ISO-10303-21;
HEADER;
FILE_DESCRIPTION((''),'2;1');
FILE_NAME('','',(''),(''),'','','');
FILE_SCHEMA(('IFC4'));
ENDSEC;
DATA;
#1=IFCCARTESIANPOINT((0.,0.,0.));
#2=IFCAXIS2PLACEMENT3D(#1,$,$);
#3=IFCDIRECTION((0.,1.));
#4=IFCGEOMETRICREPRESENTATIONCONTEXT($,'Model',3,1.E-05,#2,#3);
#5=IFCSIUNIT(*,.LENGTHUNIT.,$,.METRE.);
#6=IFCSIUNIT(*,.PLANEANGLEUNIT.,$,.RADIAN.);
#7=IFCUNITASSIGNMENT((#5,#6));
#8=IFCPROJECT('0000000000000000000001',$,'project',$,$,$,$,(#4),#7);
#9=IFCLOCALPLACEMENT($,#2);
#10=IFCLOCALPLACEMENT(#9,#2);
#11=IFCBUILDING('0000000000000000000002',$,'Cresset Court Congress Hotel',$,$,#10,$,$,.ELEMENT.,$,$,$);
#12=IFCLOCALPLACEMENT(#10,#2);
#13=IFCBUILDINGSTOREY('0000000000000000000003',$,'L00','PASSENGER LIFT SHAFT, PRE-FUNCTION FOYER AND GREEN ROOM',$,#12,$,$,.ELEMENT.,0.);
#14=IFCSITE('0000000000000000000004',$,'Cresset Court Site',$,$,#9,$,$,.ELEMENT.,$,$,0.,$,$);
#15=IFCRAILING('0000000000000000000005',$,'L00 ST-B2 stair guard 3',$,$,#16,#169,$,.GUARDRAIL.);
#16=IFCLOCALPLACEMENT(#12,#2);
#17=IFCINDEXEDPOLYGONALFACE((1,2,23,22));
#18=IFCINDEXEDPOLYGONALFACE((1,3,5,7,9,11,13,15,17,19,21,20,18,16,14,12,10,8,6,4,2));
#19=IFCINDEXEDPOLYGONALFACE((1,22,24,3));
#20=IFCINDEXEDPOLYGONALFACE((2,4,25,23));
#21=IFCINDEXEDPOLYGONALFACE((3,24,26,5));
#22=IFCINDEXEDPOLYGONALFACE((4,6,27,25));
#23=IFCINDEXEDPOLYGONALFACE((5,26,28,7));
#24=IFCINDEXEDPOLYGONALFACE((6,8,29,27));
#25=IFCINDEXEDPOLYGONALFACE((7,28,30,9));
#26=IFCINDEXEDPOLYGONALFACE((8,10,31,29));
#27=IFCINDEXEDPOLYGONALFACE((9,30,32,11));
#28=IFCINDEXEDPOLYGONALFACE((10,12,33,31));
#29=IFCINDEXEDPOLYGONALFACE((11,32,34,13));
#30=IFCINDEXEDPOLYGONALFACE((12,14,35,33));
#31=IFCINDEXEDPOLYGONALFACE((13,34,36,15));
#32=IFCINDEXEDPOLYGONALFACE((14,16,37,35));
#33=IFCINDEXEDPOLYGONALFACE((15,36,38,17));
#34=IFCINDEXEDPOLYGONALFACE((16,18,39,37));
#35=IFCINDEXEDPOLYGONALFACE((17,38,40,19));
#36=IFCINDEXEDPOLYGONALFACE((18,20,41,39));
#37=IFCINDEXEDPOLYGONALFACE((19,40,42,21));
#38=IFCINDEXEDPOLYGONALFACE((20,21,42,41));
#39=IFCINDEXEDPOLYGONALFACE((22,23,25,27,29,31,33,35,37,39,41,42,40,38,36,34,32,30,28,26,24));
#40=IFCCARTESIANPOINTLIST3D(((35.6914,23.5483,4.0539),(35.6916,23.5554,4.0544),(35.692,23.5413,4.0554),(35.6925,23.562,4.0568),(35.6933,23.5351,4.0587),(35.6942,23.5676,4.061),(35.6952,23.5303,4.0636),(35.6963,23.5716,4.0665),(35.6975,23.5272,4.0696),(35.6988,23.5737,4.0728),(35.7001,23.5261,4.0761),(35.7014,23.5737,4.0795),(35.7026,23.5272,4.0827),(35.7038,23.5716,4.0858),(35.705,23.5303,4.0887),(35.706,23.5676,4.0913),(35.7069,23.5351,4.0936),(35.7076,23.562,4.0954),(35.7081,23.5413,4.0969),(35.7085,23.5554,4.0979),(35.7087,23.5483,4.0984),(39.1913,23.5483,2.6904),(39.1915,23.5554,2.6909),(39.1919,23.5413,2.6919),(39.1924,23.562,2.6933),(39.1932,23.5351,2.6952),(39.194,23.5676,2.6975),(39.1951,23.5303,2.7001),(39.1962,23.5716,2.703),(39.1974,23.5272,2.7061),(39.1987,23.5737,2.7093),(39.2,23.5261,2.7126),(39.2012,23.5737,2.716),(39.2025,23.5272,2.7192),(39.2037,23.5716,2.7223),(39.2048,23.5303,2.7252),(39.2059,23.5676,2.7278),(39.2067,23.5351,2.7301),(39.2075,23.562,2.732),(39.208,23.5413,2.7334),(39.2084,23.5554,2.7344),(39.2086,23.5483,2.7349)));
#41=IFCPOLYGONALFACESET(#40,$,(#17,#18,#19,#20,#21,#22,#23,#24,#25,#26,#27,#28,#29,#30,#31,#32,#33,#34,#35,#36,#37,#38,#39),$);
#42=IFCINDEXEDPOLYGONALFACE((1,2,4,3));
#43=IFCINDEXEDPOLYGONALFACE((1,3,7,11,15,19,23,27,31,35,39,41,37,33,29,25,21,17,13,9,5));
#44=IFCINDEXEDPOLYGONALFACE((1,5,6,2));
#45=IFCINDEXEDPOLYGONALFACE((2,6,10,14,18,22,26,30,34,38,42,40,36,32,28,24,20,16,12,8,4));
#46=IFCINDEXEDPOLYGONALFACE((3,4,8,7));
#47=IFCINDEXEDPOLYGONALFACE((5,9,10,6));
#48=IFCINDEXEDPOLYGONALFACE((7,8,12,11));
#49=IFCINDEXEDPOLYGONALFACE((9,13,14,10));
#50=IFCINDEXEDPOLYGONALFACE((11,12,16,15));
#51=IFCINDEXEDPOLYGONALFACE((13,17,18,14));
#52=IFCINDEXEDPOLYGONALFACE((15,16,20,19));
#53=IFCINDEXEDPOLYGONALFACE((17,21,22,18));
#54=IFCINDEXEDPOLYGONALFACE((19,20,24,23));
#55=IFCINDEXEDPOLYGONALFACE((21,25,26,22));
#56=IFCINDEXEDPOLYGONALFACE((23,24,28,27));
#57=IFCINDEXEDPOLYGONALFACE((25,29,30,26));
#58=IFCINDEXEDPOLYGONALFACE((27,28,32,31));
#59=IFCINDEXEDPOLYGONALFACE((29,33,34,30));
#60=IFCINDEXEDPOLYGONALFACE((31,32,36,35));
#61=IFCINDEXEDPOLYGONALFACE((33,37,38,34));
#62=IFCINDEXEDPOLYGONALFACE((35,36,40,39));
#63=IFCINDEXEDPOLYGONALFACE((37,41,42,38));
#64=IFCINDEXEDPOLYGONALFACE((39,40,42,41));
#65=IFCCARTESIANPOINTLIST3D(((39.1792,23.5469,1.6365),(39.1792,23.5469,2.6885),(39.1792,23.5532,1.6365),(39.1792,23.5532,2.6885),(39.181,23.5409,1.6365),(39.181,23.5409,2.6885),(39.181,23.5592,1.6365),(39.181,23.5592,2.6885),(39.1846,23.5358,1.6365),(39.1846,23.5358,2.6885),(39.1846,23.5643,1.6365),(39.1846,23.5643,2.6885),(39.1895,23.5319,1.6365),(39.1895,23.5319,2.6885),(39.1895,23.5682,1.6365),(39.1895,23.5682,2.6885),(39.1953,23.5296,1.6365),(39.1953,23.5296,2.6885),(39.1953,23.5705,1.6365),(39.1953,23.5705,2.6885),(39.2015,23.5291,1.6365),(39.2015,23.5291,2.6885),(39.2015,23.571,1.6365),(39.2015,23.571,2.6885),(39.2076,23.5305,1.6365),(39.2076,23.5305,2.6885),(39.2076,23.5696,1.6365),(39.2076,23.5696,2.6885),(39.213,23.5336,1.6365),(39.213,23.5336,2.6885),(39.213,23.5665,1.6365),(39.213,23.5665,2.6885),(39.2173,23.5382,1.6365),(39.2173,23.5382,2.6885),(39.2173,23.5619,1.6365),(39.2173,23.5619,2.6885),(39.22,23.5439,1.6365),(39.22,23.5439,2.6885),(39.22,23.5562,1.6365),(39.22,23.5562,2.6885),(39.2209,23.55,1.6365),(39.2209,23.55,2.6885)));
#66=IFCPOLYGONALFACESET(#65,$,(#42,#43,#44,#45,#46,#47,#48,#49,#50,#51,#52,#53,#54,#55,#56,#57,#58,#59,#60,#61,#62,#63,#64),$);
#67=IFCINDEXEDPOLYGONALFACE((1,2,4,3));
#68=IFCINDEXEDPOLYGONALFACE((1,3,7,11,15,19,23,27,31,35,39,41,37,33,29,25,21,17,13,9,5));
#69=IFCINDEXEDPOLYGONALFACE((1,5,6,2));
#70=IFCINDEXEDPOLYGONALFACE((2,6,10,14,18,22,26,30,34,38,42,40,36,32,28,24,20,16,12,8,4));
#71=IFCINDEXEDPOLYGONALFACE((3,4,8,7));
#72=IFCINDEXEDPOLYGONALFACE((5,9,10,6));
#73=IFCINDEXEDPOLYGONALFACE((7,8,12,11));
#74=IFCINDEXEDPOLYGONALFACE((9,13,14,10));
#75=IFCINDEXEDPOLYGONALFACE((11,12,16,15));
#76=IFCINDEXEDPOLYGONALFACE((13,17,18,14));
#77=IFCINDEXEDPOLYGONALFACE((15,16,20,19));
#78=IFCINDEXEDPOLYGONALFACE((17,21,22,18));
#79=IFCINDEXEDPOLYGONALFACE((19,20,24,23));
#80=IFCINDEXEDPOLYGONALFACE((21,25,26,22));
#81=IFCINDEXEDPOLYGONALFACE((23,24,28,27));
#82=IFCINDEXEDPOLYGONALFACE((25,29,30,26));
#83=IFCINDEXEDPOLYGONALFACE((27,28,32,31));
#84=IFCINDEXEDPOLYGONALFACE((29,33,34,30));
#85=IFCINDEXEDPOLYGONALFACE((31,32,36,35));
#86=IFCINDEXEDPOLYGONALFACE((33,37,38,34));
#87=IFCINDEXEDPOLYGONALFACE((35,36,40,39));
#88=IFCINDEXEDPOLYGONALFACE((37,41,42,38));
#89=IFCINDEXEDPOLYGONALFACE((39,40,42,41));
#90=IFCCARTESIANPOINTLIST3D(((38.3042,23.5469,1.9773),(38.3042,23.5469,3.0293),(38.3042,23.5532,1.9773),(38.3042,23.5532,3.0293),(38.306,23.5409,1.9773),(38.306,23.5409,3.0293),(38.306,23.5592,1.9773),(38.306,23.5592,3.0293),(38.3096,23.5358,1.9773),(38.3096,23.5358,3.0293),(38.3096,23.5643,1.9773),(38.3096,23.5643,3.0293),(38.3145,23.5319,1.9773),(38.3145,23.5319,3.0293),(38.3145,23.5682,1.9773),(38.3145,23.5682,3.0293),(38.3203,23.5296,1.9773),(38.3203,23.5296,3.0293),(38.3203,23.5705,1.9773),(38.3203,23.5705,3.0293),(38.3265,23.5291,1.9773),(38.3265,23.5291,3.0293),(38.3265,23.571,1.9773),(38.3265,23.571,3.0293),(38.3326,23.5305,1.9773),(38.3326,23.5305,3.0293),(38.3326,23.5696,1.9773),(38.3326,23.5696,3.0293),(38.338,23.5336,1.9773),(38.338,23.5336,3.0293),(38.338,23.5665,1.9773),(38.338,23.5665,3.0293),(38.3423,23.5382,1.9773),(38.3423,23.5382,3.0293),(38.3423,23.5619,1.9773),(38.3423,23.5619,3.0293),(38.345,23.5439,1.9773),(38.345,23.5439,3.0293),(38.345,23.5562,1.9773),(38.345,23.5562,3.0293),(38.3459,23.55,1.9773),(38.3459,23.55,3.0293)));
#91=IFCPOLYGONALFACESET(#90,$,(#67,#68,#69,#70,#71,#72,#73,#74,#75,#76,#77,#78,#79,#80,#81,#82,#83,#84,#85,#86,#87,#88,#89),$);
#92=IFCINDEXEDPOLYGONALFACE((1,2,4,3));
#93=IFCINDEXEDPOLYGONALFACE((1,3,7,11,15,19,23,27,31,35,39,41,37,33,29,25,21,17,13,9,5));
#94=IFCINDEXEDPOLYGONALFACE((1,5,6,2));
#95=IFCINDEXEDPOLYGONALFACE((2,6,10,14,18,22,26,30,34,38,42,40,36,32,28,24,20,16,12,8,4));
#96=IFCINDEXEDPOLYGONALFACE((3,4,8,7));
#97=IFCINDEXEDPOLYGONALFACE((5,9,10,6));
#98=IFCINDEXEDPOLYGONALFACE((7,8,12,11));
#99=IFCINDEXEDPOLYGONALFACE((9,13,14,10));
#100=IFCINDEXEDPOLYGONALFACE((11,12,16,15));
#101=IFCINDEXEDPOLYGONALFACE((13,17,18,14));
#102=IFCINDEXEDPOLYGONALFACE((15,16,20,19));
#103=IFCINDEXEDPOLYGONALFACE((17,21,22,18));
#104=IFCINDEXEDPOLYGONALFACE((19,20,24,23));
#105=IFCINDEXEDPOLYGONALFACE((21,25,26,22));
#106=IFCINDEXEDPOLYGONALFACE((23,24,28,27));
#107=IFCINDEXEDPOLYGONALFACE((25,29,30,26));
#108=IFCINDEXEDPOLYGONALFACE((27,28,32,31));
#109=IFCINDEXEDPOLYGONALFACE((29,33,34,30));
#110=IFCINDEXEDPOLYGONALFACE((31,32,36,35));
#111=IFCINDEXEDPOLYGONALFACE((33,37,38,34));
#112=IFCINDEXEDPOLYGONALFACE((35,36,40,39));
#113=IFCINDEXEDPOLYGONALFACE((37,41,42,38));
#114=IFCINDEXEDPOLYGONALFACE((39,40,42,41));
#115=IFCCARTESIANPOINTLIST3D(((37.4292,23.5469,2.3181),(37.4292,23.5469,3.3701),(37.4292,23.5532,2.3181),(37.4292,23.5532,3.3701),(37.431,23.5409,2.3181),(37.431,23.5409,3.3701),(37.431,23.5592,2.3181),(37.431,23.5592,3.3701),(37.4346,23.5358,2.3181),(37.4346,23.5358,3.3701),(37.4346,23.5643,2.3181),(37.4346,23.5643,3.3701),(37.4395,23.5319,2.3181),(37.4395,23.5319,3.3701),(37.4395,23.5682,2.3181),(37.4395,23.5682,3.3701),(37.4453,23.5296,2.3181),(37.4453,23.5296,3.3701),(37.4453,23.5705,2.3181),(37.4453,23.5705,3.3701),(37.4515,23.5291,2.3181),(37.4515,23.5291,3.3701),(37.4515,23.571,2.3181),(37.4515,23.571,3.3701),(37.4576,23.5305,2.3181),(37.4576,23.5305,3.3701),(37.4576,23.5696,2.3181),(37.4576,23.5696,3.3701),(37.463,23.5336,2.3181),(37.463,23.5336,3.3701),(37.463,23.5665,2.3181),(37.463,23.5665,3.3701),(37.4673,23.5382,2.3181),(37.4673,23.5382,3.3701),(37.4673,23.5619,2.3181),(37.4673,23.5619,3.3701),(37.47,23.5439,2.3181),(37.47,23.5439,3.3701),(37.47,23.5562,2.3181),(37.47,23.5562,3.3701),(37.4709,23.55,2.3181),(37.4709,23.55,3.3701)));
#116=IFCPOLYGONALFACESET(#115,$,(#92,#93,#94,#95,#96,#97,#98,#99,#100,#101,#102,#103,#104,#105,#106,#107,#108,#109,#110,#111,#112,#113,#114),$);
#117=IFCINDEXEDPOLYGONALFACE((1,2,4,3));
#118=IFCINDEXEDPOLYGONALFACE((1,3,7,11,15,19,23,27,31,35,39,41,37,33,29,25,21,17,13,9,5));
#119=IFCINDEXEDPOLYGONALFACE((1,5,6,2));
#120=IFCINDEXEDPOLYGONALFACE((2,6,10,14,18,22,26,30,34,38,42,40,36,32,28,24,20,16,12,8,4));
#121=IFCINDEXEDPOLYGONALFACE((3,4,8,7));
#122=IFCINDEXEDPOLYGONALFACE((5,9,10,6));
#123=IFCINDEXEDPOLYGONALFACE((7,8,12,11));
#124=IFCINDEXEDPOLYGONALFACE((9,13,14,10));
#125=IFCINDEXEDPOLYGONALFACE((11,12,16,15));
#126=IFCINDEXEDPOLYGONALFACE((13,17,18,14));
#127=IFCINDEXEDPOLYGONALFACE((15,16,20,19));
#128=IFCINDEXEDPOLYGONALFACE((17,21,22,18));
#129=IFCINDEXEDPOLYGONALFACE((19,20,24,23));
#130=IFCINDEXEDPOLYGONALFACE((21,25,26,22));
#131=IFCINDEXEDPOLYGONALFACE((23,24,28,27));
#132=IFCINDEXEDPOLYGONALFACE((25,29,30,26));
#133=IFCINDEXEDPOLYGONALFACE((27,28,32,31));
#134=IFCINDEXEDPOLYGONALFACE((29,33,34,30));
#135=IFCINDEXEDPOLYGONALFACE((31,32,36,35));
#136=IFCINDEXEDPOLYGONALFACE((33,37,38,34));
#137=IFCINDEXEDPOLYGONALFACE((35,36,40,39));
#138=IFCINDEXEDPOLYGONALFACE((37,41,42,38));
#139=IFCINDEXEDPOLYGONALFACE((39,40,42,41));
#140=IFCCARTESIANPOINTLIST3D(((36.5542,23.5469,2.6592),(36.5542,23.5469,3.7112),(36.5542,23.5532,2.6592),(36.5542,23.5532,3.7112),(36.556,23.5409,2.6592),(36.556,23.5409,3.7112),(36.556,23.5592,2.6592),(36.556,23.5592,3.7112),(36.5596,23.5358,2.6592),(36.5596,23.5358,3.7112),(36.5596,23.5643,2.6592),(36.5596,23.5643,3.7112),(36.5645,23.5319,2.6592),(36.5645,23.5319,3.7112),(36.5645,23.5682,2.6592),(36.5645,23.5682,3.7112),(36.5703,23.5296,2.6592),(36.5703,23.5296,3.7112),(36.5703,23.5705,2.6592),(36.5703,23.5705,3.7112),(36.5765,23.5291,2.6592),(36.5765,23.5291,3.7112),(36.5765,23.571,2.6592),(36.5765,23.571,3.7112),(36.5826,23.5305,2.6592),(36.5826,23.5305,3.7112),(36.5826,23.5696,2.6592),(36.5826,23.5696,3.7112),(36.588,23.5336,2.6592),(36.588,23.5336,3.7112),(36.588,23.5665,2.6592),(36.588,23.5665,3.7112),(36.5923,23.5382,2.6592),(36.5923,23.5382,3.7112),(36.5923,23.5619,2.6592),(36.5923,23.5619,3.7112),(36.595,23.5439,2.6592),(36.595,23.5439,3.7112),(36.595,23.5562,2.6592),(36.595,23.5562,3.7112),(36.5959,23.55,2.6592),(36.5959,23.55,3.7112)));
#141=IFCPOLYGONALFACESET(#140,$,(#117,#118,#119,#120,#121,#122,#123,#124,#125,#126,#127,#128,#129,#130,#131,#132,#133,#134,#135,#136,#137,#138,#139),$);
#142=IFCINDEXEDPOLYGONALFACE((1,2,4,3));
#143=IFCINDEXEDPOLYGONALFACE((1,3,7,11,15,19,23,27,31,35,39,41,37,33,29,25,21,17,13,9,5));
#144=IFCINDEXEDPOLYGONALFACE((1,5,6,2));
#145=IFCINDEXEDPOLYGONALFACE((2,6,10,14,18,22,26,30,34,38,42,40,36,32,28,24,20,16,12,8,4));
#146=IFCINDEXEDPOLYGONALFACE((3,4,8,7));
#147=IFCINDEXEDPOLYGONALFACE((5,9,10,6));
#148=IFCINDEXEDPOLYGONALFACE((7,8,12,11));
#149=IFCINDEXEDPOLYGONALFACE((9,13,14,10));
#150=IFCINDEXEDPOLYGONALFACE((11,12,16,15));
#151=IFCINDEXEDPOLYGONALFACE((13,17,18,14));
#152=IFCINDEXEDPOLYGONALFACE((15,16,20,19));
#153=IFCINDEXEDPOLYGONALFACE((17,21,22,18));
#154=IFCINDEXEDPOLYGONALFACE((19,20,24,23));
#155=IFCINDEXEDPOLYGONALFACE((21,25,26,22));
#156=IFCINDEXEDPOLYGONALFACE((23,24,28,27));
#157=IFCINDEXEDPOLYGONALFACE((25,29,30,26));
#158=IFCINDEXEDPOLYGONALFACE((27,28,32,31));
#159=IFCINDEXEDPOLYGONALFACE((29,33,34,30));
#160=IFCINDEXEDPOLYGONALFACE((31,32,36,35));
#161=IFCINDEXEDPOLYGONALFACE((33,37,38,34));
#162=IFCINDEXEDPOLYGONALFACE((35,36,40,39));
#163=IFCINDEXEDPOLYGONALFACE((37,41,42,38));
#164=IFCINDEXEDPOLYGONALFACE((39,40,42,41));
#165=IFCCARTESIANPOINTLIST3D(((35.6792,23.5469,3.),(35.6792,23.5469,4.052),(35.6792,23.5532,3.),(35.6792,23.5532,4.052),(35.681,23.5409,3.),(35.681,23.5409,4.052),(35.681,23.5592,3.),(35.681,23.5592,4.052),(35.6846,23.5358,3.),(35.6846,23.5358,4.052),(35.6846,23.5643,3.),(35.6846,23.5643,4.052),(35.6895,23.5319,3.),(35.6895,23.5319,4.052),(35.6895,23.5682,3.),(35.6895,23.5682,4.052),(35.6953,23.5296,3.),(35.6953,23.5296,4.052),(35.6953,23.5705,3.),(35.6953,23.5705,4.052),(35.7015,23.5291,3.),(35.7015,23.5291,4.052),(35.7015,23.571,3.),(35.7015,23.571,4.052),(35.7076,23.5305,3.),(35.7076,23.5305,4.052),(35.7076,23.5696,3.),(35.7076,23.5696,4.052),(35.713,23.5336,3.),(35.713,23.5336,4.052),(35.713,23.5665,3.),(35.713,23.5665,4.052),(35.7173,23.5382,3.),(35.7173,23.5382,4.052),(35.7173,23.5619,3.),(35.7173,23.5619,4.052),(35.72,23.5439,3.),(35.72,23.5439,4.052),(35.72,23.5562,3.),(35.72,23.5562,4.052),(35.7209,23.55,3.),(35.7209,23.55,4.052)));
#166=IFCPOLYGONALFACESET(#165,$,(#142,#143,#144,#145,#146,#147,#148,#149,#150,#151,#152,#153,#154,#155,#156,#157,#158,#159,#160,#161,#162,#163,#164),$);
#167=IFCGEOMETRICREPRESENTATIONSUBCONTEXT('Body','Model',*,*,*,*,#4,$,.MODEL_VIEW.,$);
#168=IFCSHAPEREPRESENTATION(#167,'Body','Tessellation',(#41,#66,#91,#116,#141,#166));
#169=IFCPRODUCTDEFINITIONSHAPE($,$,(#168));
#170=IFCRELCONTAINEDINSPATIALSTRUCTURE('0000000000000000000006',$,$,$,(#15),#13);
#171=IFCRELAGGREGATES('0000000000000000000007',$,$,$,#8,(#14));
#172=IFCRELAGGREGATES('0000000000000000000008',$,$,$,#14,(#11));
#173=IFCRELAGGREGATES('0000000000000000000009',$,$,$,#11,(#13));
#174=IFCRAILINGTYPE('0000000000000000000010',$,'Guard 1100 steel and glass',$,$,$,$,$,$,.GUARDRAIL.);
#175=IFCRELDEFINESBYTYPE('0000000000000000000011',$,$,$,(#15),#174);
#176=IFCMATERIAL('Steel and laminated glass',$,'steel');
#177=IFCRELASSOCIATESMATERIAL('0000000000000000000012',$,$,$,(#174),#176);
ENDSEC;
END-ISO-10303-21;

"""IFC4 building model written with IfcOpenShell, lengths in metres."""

from ifc_helpers import new_model, si_unit, direction, frame, origin, origin_2d, place, context, subcontext, project, spatial, circle, extrude, material, type_object, element, save


model = new_model("IFC4")

# Units and contexts
model_context = context("Model", 3, precision=1e-05, world=origin(), true_north=direction((0.0, 1.0)))
body_context = subcontext(model_context, "Body", "Model", "MODEL_VIEW")
ifc_project = project(units=[si_unit("LENGTHUNIT", "METRE"), si_unit("PLANEANGLEUNIT", "RADIAN")], contexts=[model_context])

# Site, building, storey
site_placement = place(None, origin())
site = spatial("IfcSite", under=ifc_project, at=site_placement, Name="Cresset Court Site", CompositionType="ELEMENT", RefElevation=0.0)
building_placement = place(site_placement, origin())
building = spatial("IfcBuilding", under=site, at=building_placement, Name="Cresset Court Congress Hotel", CompositionType="ELEMENT")
storey_placement = place(building_placement, origin())
storey = spatial("IfcBuildingStorey", under=building, at=storey_placement, Name="L00", Description="PASSENGER LIFT SHAFT, PRE-FUNCTION FOYER AND GREEN ROOM", CompositionType="ELEMENT", Elevation=0.0)

# Railing
ifc_material_1 = material(Name="Steel and laminated glass", Category="steel")
railing_type_1 = type_object("IfcRailingType", Name="Guard 1100 steel and glass", PredefinedType="GUARDRAIL", material=ifc_material_1)
railing_1_placement = place(storey_placement, frame((39.2, 23.55, 1.6365)))
element("IfcRailing", 1, at=railing_1_placement, inside=storey, type_object=railing_type_1, Name="L00 ST-B2 stair guard 3", PredefinedType="GUARDRAIL", context=body_context, shape_type="SweptSolid", body=[
    extrude(circle(Radius=0.0239, at=origin_2d()), frame((0.0, 0.0, 1.0762), z_axis=(-0.931787, 0.0, 0.363005), x_axis=(0.0, -1.0, 0.0)), (0.0, 0.0, 1.0), 3.7561),
    extrude(circle(Radius=0.021, at=origin_2d()), origin(), (0.0, 0.0, 1.0), 1.052),
    extrude(circle(Radius=0.021, at=origin_2d()), frame((-0.875, 0.0, 0.3408)), (0.0, 0.0, 1.0), 1.052),
    extrude(circle(Radius=0.021, at=origin_2d()), frame((-1.75, 0.0, 0.6816)), (0.0, 0.0, 1.0), 1.052),
    extrude(circle(Radius=0.021, at=origin_2d()), frame((-2.625, 0.0, 1.0227)), (0.0, 0.0, 1.0), 1.052),
    extrude(circle(Radius=0.021, at=origin_2d()), frame((-3.5, 0.0, 1.3635)), (0.0, 0.0, 1.0), 1.052),
])

save(model, "model.ifc")
